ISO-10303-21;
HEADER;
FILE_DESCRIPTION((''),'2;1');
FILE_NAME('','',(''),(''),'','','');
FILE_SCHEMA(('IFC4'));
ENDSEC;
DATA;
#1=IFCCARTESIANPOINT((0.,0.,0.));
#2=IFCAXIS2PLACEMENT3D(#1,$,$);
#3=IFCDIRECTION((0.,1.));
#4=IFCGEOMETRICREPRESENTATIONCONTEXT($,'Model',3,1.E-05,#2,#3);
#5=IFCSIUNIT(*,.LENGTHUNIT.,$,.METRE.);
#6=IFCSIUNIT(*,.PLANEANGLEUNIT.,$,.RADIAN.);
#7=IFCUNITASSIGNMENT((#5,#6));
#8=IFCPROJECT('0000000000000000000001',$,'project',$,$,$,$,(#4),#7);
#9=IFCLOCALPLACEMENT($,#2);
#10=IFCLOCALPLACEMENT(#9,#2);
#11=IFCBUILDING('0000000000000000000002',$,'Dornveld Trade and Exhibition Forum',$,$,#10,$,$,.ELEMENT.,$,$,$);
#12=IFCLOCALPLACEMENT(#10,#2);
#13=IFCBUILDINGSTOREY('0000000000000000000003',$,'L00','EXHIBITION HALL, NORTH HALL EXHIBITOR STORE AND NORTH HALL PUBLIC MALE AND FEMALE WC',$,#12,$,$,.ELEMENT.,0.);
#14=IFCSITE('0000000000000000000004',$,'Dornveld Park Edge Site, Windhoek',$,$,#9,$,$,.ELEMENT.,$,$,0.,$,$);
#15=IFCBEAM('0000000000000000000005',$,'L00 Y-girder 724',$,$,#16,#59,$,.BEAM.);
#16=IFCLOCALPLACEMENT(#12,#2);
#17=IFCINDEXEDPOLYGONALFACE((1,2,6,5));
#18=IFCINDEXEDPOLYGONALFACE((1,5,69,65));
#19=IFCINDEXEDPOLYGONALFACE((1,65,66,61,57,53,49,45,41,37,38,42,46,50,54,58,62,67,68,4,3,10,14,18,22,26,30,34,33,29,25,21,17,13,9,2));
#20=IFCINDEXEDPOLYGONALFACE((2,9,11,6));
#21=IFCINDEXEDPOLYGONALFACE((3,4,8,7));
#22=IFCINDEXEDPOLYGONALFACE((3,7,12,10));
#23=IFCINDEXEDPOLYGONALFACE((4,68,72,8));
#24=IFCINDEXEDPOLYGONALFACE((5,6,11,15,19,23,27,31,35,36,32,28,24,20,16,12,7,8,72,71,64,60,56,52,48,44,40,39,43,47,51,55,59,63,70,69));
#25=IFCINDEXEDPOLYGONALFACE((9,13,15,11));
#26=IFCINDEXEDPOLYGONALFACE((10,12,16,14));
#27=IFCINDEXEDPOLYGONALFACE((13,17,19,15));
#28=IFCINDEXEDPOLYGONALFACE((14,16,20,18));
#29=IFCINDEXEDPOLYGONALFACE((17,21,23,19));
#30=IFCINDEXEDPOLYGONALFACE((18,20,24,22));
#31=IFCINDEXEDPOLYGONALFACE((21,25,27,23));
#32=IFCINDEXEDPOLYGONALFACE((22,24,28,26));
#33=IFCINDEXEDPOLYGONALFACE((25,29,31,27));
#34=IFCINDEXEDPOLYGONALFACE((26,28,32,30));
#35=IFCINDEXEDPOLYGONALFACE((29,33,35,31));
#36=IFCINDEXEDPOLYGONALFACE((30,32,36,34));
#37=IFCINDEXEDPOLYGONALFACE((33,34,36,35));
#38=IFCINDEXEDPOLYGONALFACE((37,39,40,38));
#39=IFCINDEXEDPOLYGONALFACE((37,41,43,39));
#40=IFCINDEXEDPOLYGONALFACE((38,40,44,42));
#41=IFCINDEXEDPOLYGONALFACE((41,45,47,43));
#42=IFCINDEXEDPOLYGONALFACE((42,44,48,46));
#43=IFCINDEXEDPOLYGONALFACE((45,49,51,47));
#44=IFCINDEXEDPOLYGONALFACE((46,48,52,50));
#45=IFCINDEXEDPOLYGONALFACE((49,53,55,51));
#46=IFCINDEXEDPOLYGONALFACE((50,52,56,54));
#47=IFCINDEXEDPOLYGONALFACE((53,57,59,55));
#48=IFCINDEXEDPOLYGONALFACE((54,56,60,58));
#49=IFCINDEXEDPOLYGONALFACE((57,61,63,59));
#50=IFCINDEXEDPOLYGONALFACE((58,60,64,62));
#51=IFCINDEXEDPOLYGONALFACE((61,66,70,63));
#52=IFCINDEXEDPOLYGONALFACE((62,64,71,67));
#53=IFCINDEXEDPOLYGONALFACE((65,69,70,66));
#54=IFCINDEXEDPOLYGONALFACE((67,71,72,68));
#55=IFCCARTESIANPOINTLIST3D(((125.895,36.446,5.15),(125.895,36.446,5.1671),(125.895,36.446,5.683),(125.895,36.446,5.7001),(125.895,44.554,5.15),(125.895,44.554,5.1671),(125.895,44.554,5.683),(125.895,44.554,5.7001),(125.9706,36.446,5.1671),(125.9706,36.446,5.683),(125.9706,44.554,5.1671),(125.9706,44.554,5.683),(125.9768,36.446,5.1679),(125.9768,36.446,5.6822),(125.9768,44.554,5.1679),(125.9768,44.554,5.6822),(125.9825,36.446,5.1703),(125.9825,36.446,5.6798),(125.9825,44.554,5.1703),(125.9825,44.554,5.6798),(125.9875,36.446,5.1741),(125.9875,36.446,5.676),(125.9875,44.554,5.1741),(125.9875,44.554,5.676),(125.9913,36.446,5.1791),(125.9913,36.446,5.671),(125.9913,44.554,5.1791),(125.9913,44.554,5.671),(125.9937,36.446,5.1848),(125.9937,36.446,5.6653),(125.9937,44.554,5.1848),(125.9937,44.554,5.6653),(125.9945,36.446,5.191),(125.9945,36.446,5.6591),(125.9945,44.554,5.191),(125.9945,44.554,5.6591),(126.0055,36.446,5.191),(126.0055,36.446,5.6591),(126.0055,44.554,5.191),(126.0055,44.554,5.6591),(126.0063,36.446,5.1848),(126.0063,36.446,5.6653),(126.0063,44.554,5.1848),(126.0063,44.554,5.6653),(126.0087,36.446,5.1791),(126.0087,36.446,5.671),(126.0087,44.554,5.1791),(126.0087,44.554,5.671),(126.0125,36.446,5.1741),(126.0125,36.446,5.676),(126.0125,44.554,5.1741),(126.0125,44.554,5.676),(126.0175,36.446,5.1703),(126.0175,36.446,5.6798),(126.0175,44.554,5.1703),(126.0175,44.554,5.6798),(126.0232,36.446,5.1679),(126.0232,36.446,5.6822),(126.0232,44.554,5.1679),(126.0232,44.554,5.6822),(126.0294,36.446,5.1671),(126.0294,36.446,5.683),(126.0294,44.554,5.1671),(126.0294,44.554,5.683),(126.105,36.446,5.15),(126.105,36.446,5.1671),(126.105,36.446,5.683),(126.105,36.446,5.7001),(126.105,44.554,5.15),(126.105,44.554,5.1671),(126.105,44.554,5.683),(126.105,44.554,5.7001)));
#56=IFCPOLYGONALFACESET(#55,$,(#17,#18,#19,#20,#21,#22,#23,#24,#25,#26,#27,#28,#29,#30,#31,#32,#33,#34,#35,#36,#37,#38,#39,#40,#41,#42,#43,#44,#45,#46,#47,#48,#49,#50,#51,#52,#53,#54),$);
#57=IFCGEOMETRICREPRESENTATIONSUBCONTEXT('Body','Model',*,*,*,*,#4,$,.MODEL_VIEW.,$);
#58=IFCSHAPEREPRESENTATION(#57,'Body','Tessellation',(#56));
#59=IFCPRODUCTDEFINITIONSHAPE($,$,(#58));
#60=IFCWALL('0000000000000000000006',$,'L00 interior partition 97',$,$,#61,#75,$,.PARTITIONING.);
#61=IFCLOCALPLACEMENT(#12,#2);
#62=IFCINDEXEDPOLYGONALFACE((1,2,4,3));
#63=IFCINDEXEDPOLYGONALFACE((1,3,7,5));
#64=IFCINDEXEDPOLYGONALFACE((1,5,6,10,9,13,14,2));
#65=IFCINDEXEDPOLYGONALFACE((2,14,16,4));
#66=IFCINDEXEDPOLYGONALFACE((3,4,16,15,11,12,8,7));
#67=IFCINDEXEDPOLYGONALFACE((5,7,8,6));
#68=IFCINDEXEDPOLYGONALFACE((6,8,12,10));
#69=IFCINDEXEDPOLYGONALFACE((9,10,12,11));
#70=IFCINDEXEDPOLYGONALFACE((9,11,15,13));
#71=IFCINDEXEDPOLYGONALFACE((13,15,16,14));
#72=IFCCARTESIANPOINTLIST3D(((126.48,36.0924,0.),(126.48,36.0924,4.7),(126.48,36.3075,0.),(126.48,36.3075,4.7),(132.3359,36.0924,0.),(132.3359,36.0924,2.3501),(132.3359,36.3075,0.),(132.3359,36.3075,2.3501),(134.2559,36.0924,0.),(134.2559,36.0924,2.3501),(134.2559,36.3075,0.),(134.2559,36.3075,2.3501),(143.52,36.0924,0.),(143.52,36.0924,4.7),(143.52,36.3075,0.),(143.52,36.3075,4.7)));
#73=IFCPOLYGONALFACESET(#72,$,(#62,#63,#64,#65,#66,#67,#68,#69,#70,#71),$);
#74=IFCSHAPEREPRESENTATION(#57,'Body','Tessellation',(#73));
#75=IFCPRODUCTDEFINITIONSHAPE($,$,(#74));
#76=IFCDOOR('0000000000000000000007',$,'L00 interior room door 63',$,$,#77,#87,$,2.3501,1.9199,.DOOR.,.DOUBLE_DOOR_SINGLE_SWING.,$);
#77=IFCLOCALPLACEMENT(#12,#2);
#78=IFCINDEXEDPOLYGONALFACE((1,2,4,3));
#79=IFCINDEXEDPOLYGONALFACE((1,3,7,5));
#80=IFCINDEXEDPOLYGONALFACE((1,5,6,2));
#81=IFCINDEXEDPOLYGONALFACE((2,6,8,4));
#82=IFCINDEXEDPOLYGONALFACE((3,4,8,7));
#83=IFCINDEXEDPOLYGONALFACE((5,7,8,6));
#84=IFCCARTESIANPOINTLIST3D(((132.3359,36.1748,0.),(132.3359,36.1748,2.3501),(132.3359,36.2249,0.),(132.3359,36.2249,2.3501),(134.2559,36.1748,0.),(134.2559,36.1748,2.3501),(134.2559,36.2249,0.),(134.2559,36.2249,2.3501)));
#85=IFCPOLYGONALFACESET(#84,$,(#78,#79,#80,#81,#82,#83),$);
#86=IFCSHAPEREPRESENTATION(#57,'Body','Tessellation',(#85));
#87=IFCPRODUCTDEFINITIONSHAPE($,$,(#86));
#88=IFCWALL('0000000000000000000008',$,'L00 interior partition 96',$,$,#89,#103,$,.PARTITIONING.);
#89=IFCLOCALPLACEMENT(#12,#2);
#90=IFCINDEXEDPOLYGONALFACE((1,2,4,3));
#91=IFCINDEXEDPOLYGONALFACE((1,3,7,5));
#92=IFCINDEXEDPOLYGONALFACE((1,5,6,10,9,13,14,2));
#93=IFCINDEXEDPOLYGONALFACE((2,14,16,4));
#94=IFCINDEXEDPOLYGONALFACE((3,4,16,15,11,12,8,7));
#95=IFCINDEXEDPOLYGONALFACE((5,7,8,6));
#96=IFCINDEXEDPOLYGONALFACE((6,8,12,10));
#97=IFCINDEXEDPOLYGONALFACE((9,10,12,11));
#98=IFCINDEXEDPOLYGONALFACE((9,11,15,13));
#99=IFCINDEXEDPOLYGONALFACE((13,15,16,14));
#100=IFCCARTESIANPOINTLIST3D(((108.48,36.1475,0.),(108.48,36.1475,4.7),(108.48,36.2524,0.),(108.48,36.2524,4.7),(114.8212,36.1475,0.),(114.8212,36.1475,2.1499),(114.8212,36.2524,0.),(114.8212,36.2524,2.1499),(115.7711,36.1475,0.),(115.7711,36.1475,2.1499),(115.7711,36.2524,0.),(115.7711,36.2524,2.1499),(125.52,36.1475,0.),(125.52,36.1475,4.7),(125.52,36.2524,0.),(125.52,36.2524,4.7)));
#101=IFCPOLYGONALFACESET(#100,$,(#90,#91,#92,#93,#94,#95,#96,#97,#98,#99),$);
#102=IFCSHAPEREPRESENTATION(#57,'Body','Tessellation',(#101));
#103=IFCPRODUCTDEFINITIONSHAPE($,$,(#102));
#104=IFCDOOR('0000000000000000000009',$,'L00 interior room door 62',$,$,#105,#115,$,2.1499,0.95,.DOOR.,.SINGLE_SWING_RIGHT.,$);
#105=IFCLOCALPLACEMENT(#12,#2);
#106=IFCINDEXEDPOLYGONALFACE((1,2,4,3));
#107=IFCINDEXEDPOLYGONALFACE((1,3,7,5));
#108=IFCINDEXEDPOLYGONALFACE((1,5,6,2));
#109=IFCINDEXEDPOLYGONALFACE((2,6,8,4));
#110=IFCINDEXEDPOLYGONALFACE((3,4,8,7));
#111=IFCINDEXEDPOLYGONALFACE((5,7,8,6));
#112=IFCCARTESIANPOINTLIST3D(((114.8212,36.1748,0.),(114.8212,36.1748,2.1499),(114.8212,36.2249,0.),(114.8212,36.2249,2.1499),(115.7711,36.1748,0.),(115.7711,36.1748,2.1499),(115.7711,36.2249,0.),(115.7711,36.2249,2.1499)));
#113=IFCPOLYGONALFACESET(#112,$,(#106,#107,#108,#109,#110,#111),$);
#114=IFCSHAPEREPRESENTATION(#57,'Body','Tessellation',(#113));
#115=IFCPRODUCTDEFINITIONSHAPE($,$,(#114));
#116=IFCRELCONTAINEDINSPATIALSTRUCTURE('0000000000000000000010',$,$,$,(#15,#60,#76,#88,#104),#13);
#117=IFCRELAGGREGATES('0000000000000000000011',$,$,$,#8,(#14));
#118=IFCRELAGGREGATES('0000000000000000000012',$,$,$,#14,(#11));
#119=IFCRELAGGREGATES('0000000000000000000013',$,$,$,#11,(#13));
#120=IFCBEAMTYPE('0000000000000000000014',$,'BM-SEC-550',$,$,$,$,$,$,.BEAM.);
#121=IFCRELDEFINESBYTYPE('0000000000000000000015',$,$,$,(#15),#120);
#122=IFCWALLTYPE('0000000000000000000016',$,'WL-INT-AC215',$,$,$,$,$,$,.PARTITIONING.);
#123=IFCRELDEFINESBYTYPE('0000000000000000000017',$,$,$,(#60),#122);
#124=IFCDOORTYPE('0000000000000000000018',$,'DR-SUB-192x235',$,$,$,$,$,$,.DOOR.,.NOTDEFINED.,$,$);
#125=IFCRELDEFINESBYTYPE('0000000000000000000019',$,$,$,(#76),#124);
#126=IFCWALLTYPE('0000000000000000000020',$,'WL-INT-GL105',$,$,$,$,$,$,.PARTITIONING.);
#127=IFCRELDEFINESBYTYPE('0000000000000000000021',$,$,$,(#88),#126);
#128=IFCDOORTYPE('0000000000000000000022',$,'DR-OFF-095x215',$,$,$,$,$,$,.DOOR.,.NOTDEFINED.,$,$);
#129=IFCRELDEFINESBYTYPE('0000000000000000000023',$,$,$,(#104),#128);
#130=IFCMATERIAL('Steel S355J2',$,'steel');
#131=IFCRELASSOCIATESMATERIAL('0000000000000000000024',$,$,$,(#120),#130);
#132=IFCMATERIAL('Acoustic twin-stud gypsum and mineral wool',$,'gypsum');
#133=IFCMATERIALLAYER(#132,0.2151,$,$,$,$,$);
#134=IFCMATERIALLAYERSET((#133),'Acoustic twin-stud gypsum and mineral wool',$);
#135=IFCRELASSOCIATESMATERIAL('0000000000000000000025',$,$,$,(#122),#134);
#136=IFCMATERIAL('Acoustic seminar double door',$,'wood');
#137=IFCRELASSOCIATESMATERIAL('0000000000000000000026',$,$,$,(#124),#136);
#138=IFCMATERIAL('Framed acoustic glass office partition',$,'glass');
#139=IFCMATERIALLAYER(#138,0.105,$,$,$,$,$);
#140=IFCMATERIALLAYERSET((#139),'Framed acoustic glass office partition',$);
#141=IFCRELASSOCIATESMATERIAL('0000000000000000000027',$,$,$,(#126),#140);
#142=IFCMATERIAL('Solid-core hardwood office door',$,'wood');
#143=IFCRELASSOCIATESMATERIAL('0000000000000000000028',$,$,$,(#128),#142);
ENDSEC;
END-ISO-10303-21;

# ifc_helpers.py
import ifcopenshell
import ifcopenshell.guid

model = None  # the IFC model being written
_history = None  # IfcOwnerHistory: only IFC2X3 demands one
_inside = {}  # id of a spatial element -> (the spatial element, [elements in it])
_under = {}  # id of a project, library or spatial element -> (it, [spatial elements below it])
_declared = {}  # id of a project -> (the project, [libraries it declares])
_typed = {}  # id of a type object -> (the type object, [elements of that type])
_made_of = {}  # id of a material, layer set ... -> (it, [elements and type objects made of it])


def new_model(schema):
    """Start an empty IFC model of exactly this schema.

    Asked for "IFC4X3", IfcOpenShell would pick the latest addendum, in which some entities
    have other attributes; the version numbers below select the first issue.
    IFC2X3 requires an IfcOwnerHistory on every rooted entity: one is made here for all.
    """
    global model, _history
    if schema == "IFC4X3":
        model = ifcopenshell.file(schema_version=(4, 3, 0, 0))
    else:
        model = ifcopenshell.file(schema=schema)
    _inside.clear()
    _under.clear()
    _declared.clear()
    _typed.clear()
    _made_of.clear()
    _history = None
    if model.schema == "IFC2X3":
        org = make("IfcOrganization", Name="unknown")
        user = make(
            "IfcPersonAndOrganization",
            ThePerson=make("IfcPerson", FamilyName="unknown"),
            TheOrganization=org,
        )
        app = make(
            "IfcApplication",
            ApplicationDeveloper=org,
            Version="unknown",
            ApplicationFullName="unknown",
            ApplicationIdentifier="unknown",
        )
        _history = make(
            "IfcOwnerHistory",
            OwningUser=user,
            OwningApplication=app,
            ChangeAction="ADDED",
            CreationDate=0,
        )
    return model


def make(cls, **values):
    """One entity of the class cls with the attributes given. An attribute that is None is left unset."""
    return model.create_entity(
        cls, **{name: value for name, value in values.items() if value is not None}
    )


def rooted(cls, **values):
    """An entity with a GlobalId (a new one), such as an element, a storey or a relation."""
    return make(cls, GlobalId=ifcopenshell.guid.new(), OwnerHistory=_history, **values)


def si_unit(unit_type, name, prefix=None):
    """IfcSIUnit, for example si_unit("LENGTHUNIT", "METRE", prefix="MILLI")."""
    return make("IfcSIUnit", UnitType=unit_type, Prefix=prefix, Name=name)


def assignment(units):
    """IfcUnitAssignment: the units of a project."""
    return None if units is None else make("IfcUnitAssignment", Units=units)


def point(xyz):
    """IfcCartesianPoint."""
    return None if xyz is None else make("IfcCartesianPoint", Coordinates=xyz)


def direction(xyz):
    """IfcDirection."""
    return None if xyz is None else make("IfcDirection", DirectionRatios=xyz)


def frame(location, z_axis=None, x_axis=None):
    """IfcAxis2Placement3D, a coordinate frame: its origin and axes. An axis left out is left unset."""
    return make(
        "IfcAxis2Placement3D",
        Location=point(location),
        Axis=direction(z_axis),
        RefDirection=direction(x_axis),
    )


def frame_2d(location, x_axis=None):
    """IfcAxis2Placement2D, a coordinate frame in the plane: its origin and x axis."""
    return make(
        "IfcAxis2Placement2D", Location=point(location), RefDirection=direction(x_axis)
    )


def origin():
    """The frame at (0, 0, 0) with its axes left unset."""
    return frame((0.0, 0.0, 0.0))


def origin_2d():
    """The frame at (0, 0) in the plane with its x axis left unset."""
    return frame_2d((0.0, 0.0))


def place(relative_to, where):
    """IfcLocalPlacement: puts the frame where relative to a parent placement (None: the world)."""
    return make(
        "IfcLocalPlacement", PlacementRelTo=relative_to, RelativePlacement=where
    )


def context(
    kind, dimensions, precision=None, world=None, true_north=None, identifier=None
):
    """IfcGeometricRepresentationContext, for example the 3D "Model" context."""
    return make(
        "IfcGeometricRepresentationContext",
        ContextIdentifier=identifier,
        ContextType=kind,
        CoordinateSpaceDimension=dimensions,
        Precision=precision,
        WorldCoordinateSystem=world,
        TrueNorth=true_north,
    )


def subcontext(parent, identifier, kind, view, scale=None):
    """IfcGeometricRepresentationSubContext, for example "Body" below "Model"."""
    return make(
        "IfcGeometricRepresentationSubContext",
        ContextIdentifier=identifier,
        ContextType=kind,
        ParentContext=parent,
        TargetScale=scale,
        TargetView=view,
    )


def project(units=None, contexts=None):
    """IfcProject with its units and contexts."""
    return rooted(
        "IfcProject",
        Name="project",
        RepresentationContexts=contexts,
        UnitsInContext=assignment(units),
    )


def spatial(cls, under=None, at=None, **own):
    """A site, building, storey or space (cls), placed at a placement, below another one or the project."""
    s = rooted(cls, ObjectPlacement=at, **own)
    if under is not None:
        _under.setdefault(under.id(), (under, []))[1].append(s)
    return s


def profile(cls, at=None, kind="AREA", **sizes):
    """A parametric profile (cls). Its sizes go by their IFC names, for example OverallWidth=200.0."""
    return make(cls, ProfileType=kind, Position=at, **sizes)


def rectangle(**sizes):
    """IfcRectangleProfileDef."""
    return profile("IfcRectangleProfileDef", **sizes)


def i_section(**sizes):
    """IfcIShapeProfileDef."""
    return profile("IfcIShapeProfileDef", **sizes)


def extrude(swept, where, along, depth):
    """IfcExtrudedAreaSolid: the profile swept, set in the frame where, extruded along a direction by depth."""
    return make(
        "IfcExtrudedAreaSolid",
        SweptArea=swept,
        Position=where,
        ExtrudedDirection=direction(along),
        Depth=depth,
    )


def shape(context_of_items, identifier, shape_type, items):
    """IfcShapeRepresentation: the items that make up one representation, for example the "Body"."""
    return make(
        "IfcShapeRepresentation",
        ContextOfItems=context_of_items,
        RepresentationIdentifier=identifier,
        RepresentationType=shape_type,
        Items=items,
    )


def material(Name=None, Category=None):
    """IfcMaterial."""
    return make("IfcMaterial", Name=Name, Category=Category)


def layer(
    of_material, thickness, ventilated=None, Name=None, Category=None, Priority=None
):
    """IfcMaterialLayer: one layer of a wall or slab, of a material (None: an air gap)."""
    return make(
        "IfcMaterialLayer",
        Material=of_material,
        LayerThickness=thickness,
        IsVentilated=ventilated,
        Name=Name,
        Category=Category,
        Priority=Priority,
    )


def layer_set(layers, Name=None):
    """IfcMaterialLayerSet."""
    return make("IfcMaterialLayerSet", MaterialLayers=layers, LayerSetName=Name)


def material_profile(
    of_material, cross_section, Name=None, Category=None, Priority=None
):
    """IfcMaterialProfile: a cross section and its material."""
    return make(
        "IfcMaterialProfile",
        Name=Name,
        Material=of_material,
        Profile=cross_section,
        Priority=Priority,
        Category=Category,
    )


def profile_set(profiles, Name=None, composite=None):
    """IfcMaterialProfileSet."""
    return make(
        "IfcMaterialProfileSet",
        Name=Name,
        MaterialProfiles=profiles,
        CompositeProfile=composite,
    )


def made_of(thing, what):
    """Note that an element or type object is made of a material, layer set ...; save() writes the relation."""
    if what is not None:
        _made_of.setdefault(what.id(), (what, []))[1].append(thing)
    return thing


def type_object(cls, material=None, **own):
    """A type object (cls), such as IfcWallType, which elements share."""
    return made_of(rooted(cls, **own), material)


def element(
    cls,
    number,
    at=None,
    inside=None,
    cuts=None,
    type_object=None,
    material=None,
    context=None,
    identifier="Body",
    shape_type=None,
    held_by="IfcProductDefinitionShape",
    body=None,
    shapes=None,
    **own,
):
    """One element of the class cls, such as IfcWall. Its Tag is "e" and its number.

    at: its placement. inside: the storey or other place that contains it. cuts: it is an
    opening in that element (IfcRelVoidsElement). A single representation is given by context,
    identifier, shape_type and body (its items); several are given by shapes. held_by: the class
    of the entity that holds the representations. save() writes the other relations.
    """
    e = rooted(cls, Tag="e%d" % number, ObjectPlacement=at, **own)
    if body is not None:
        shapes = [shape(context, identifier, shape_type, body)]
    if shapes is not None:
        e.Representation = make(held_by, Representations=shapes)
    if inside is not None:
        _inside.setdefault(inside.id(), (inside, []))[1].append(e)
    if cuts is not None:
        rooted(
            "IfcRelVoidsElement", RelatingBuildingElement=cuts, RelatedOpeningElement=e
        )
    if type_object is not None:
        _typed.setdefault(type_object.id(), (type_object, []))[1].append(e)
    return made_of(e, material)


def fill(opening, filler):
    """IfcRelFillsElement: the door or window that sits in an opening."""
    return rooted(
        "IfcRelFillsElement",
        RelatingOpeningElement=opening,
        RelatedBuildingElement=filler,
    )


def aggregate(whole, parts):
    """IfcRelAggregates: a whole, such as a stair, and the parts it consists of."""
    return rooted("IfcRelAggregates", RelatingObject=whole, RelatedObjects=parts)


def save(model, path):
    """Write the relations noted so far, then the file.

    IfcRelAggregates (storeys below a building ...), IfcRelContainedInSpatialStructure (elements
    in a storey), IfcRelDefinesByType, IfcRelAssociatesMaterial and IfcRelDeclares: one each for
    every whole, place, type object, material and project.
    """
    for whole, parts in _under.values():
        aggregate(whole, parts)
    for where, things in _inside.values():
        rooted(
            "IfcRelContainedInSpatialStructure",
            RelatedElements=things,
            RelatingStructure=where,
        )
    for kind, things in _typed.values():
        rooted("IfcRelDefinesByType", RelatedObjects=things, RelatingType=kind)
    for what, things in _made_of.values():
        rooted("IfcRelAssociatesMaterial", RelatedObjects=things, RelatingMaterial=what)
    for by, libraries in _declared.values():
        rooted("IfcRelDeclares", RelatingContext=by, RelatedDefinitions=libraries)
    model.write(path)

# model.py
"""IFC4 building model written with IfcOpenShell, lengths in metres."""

from ifc_helpers import new_model, si_unit, direction, frame, frame_2d, origin, origin_2d, place, context, subcontext, project, spatial, rectangle, i_section, extrude, material, layer, layer_set, material_profile, profile_set, type_object, element, fill, save


model = new_model("IFC4")

# Units and contexts
model_context = context("Model", 3, precision=1e-05, world=origin(), true_north=direction((0.0, 1.0)))
body_context = subcontext(model_context, "Body", "Model", "MODEL_VIEW")
ifc_project = project(units=[si_unit("LENGTHUNIT", "METRE"), si_unit("PLANEANGLEUNIT", "RADIAN")], contexts=[model_context])

# Site, building, storey
site_placement = place(None, origin())
site = spatial("IfcSite", under=ifc_project, at=site_placement, Name="Dornveld Park Edge Site, Windhoek", CompositionType="ELEMENT", RefElevation=0.0)
building_placement = place(site_placement, origin())
building = spatial("IfcBuilding", under=site, at=building_placement, Name="Dornveld Trade and Exhibition Forum", CompositionType="ELEMENT")
storey_placement = place(building_placement, origin())
storey = spatial("IfcBuildingStorey", under=building, at=storey_placement, Name="L00", Description="EXHIBITION HALL, NORTH HALL EXHIBITOR STORE AND NORTH HALL PUBLIC MALE AND FEMALE WC", CompositionType="ELEMENT", Elevation=0.0)

# Beam
ifc_material_1 = material(Name="Steel S355J2", Category="steel")
ifc_material_profile_1 = material_profile(ifc_material_1, i_section(OverallWidth=0.21, OverallDepth=0.55, WebThickness=0.011, FlangeThickness=0.0171, FilletRadius=0.0239, at=origin_2d()), Name="IPE 550")
ifc_profile_set_1 = profile_set([ifc_material_profile_1], Name="Steel S355J2")
beam_type_1 = type_object("IfcBeamType", Name="BM-SEC-550", PredefinedType="BEAM", material=ifc_profile_set_1)
for number, where, z_axis, x_axis, name in (
    (1, (126.0, 36.446, 5.425), (0.0, 1.0, 0.0), (-1.0, 0.0, 0.0), "L00 Y-girder 724"),
):
    element("IfcBeam", number, at=place(storey_placement, frame(where, z_axis=z_axis, x_axis=x_axis)), inside=storey, type_object=beam_type_1, Name=name, PredefinedType="BEAM", context=body_context, shape_type="SweptSolid", body=[
        extrude(i_section(OverallWidth=0.21, OverallDepth=0.55, WebThickness=0.011, FlangeThickness=0.0171, FilletRadius=0.0239, at=origin_2d()), origin(), (0.0, 0.0, 1.0), 8.1079),
    ])

# Walls, openings, doors
ifc_material_2 = material(Name="Acoustic twin-stud gypsum and mineral wool", Category="gypsum")
ifc_layer_1 = layer(ifc_material_2, 0.2151)
ifc_layer_set_1 = layer_set([ifc_layer_1], Name="Acoustic twin-stud gypsum and mineral wool")
wall_type_1 = type_object("IfcWallType", Name="WL-INT-AC215", PredefinedType="PARTITIONING", material=ifc_layer_set_1)
wall_1_placement = place(storey_placement, frame((126.48, 36.2, 0.0), z_axis=(0.0, 0.0, 1.0), x_axis=(1.0, 0.0, 0.0)))
wall_1 = element("IfcWall", 2, at=wall_1_placement, inside=storey, type_object=wall_type_1, Name="L00 interior partition 97", PredefinedType="PARTITIONING", context=body_context, shape_type="SweptSolid", body=[
    extrude(rectangle(XDim=17.04, YDim=0.2151, at=frame_2d((8.52, 0.0))), origin(), (0.0, 0.0, 1.0), 4.7),
])
opening_1_placement = place(wall_1_placement, frame((5.856, 0.0, 0.0)))
opening_1 = element("IfcOpeningElement", 3, at=opening_1_placement, cuts=wall_1, PredefinedType="OPENING", context=body_context, shape_type="SweptSolid", body=[
    extrude(rectangle(XDim=1.9199, YDim=2.3501, at=frame_2d((0.96, 1.175))), frame((0.0, 0.1174, 0.0), z_axis=(0.0, -1.0, 0.0), x_axis=(1.0, 0.0, 0.0)), (0.0, 0.0, 1.0), 0.2351),
])
ifc_material_3 = material(Name="Acoustic seminar double door", Category="wood")
door_type_1 = type_object("IfcDoorType", Name="DR-SUB-192x235", OperationType="NOTDEFINED", PredefinedType="DOOR", material=ifc_material_3)
door_1_placement = place(opening_1_placement, origin())
door_1 = element("IfcDoor", 4, at=door_1_placement, inside=storey, type_object=door_type_1, Name="L00 interior room door 63", OperationType="DOUBLE_DOOR_SINGLE_SWING", OverallHeight=2.3501, OverallWidth=1.9199, PredefinedType="DOOR", context=body_context, shape_type="SweptSolid", body=[
    extrude(rectangle(XDim=1.9199, YDim=2.3501, at=frame_2d((0.96, 1.175))), frame((0.0, 0.0249, 0.0), z_axis=(0.0, -1.0, 0.0), x_axis=(1.0, 0.0, 0.0)), (0.0, 0.0, 1.0), 0.05),
])
fill(opening_1, door_1)
ifc_material_4 = material(Name="Framed acoustic glass office partition", Category="glass")
ifc_layer_2 = layer(ifc_material_4, 0.105)
ifc_layer_set_2 = layer_set([ifc_layer_2], Name="Framed acoustic glass office partition")
wall_type_2 = type_object("IfcWallType", Name="WL-INT-GL105", PredefinedType="PARTITIONING", material=ifc_layer_set_2)
wall_2_placement = place(storey_placement, frame((108.48, 36.2, 0.0), z_axis=(0.0, 0.0, 1.0), x_axis=(1.0, 0.0, 0.0)))
wall_2 = element("IfcWall", 5, at=wall_2_placement, inside=storey, type_object=wall_type_2, Name="L00 interior partition 96", PredefinedType="PARTITIONING", context=body_context, shape_type="SweptSolid", body=[
    extrude(rectangle(XDim=17.04, YDim=0.105, at=frame_2d((8.52, 0.0))), origin(), (0.0, 0.0, 1.0), 4.7),
])
opening_2_placement = place(wall_2_placement, frame((6.3411, 0.0, 0.0)))
opening_2 = element("IfcOpeningElement", 6, at=opening_2_placement, cuts=wall_2, PredefinedType="OPENING", context=body_context, shape_type="SweptSolid", body=[
    extrude(rectangle(XDim=0.95, YDim=2.1499, at=frame_2d((0.4751, 1.075))), frame((0.0, 0.0625, 0.0), z_axis=(0.0, -1.0, 0.0), x_axis=(1.0, 0.0, 0.0)), (0.0, 0.0, 1.0), 0.125),
])
ifc_material_5 = material(Name="Solid-core hardwood office door", Category="wood")
door_type_2 = type_object("IfcDoorType", Name="DR-OFF-095x215", OperationType="NOTDEFINED", PredefinedType="DOOR", material=ifc_material_5)
door_2_placement = place(opening_2_placement, origin())
door_2 = element("IfcDoor", 7, at=door_2_placement, inside=storey, type_object=door_type_2, Name="L00 interior room door 62", OperationType="SINGLE_SWING_RIGHT", OverallHeight=2.1499, OverallWidth=0.95, PredefinedType="DOOR", context=body_context, shape_type="SweptSolid", body=[
    extrude(rectangle(XDim=0.95, YDim=2.1499, at=frame_2d((0.4751, 1.075))), frame((0.0, 0.0249, 0.0), z_axis=(0.0, -1.0, 0.0), x_axis=(1.0, 0.0, 0.0)), (0.0, 0.0, 1.0), 0.05),
])
fill(opening_2, door_2)

save(model, "model.ifc")
